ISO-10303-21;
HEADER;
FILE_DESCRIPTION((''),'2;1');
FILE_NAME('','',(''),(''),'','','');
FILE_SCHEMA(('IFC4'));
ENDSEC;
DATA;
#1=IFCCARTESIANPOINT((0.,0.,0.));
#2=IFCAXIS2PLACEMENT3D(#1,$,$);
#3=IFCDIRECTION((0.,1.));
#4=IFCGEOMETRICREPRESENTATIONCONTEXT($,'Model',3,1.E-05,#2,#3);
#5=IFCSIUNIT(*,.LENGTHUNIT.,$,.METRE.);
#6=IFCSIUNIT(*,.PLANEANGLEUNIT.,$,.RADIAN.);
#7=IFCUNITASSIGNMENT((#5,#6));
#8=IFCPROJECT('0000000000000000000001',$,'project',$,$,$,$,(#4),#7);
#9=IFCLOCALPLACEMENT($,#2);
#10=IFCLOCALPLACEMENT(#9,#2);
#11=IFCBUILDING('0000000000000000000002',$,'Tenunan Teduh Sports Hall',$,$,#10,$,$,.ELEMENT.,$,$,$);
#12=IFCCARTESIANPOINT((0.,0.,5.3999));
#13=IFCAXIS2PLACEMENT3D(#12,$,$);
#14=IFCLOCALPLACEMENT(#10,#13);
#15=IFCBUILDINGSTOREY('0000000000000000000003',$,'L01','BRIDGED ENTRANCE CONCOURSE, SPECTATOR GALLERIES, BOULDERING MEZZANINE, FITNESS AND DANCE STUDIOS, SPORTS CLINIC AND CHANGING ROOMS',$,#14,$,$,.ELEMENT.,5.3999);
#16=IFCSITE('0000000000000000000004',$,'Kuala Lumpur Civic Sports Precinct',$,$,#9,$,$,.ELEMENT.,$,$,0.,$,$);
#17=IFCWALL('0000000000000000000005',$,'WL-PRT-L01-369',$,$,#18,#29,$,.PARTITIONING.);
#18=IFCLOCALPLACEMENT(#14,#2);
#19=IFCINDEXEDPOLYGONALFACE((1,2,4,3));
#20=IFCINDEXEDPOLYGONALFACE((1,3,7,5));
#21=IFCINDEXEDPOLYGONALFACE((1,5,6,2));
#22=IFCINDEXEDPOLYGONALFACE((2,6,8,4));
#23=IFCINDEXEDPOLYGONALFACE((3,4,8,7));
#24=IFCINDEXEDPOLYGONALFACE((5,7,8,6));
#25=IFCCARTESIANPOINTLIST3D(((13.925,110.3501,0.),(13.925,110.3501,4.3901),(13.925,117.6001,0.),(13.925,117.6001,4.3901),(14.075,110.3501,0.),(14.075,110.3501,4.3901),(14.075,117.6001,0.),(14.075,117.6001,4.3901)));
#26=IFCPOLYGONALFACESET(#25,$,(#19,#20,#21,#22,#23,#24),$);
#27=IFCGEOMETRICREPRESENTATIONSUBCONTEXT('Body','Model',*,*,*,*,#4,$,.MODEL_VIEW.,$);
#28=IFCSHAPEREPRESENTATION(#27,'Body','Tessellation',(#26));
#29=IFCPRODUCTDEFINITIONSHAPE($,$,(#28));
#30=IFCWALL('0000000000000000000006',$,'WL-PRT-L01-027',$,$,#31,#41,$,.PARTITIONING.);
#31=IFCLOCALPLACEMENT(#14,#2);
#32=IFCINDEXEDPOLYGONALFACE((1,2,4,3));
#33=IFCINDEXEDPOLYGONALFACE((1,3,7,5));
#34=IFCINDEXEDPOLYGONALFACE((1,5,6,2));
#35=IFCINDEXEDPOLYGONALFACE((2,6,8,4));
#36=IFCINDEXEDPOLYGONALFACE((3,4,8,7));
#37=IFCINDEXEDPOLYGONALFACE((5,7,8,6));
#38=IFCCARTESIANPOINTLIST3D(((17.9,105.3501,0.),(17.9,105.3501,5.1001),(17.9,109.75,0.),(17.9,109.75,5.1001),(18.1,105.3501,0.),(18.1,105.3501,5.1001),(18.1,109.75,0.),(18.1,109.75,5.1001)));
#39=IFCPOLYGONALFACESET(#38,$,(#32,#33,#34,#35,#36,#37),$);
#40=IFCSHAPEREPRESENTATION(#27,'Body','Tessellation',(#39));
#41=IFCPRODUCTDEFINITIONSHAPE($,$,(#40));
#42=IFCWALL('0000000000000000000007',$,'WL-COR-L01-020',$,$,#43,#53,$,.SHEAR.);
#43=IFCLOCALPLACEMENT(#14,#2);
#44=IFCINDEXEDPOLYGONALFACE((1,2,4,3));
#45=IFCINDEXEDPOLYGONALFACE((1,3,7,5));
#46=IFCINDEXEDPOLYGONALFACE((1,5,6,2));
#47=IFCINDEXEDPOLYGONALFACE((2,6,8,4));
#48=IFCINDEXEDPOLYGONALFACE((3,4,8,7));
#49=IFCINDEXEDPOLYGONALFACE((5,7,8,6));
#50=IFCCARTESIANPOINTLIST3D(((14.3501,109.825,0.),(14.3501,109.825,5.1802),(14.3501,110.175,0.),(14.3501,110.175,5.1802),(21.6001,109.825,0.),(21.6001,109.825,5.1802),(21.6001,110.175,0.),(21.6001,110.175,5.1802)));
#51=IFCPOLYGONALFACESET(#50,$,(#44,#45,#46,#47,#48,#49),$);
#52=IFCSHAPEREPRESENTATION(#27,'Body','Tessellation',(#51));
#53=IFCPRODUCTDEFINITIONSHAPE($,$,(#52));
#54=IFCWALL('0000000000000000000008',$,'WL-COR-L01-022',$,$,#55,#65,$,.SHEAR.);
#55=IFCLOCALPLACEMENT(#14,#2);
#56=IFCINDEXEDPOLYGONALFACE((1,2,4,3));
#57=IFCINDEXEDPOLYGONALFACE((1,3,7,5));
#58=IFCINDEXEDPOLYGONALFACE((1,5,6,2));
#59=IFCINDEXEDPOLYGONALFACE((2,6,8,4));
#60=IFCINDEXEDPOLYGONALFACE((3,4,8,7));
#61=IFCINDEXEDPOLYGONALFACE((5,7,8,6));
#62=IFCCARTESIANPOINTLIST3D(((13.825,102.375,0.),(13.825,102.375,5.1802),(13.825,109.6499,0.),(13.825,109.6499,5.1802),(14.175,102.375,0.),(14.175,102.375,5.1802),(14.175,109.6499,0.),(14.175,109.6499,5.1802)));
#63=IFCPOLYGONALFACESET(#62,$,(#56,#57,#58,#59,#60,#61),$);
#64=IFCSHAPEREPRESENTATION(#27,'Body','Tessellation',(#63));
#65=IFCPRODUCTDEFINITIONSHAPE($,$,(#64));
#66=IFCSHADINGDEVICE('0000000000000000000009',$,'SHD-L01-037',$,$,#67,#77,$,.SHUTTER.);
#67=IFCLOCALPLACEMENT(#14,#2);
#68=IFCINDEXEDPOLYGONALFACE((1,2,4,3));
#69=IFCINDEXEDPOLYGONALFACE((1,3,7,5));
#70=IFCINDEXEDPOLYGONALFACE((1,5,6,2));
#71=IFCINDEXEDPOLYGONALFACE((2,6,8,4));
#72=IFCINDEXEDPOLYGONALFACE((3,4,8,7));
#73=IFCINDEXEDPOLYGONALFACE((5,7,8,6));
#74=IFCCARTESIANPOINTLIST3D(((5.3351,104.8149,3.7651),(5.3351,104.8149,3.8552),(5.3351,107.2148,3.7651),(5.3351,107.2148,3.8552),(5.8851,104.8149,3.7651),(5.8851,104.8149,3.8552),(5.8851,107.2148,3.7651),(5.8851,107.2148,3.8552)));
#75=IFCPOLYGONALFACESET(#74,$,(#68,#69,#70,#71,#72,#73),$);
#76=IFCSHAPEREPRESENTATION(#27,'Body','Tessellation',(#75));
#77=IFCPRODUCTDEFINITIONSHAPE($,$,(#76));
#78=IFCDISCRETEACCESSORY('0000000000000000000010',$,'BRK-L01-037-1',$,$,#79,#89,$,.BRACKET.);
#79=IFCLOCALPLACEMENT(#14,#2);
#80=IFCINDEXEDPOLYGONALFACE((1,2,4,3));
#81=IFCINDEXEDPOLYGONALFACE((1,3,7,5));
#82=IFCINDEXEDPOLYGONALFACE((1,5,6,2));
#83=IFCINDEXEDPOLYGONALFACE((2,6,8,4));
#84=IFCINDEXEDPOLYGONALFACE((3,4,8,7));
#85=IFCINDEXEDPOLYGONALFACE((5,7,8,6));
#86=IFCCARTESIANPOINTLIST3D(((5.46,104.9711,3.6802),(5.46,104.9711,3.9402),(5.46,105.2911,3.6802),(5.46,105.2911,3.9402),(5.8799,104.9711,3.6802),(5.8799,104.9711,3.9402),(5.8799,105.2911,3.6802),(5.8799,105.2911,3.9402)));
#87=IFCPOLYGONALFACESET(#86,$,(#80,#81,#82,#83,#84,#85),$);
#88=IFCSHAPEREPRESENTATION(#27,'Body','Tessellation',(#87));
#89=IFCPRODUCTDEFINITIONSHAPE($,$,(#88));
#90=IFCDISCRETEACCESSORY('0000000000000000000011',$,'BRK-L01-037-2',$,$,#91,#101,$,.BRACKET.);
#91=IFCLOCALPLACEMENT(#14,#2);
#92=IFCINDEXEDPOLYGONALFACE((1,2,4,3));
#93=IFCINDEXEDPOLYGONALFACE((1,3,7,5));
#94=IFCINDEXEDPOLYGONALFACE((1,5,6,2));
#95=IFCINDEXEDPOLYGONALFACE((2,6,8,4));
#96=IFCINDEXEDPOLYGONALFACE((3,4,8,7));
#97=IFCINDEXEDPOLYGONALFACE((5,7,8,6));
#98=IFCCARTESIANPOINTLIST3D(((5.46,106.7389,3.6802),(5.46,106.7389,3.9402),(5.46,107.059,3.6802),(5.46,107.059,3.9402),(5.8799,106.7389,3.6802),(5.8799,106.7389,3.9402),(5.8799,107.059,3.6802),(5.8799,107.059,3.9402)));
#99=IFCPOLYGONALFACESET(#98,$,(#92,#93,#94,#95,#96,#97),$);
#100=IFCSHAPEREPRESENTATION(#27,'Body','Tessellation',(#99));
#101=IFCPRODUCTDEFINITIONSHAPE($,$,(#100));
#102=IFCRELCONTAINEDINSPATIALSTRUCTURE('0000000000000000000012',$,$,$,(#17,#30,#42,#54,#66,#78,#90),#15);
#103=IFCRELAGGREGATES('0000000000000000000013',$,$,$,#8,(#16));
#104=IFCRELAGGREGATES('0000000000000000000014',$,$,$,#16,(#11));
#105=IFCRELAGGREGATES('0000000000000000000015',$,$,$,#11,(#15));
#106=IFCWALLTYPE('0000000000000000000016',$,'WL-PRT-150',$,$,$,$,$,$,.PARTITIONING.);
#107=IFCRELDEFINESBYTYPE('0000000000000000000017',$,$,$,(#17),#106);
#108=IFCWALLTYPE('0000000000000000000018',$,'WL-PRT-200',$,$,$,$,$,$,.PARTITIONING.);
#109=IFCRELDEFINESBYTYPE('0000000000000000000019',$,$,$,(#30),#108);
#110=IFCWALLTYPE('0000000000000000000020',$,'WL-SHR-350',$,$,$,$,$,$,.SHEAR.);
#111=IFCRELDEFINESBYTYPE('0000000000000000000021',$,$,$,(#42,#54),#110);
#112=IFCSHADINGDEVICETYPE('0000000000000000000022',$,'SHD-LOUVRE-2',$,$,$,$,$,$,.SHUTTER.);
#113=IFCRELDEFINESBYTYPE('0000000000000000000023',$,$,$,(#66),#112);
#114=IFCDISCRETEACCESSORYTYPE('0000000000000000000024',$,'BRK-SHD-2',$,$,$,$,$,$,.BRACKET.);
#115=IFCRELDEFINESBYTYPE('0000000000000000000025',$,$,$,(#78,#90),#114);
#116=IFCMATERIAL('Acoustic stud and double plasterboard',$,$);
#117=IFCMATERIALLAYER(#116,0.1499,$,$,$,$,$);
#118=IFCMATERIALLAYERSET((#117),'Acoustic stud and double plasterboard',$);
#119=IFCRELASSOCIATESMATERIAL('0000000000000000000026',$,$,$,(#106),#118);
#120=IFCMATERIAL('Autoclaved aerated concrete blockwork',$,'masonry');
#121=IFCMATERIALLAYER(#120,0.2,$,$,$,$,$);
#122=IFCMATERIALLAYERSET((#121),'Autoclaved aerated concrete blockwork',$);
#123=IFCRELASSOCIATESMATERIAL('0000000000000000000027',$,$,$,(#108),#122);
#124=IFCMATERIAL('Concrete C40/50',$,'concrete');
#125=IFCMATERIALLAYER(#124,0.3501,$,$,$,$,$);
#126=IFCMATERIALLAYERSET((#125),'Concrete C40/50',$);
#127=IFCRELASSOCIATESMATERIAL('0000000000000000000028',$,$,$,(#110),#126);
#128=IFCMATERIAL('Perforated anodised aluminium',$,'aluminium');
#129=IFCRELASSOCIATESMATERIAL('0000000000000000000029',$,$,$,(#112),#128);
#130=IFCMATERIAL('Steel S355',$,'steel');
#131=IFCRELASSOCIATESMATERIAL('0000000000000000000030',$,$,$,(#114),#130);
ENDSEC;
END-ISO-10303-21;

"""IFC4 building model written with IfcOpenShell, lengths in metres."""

from ifc_helpers import new_model, si_unit, direction, frame, frame_2d, origin, origin_2d, place, context, subcontext, project, spatial, rectangle, extrude, material, layer, layer_set, type_object, element, save


model = new_model("IFC4")

# Units and contexts
model_context = context("Model", 3, precision=1e-05, world=origin(), true_north=direction((0.0, 1.0)))
body_context = subcontext(model_context, "Body", "Model", "MODEL_VIEW")
ifc_project = project(units=[si_unit("LENGTHUNIT", "METRE"), si_unit("PLANEANGLEUNIT", "RADIAN")], contexts=[model_context])

# Site, building, storey
site_placement = place(None, origin())
site = spatial("IfcSite", under=ifc_project, at=site_placement, Name="Kuala Lumpur Civic Sports Precinct", CompositionType="ELEMENT", RefElevation=0.0)
building_placement = place(site_placement, origin())
building = spatial("IfcBuilding", under=site, at=building_placement, Name="Tenunan Teduh Sports Hall", CompositionType="ELEMENT")
storey_placement = place(building_placement, frame((0.0, 0.0, 5.3999)))
storey = spatial("IfcBuildingStorey", under=building, at=storey_placement, Name="L01", Description="BRIDGED ENTRANCE CONCOURSE, SPECTATOR GALLERIES, BOULDERING MEZZANINE, FITNESS AND DANCE STUDIOS, SPORTS CLINIC AND CHANGING ROOMS", CompositionType="ELEMENT", Elevation=5.3999)

# Walls
ifc_material_1 = material(Name="Acoustic stud and double plasterboard")
ifc_layer_1 = layer(ifc_material_1, 0.1499)
ifc_layer_set_1 = layer_set([ifc_layer_1], Name="Acoustic stud and double plasterboard")
wall_type_1 = type_object("IfcWallType", Name="WL-PRT-150", PredefinedType="PARTITIONING", material=ifc_layer_set_1)
wall_1_placement = place(storey_placement, frame((14.0, 110.3501, 0.0), z_axis=(0.0, 0.0, 1.0), x_axis=(0.0, 1.0, 0.0)))
element("IfcWall", 1, at=wall_1_placement, inside=storey, type_object=wall_type_1, Name="WL-PRT-L01-369", PredefinedType="PARTITIONING", context=body_context, shape_type="SweptSolid", body=[
    extrude(rectangle(XDim=7.25, YDim=0.1499, at=frame_2d((3.625, 0.0))), origin(), (0.0, 0.0, 1.0), 4.3901),
])
ifc_material_2 = material(Name="Autoclaved aerated concrete blockwork", Category="masonry")
ifc_layer_2 = layer(ifc_material_2, 0.2)
ifc_layer_set_2 = layer_set([ifc_layer_2], Name="Autoclaved aerated concrete blockwork")
wall_type_2 = type_object("IfcWallType", Name="WL-PRT-200", PredefinedType="PARTITIONING", material=ifc_layer_set_2)
wall_2_placement = place(storey_placement, frame((18.0, 105.3501, 0.0), z_axis=(0.0, 0.0, 1.0), x_axis=(0.0, 1.0, 0.0)))
element("IfcWall", 2, at=wall_2_placement, inside=storey, type_object=wall_type_2, Name="WL-PRT-L01-027", PredefinedType="PARTITIONING", context=body_context, shape_type="SweptSolid", body=[
    extrude(rectangle(XDim=4.3999, YDim=0.2, at=frame_2d((2.2, 0.0))), origin(), (0.0, 0.0, 1.0), 5.1001),
])
ifc_material_3 = material(Name="Concrete C40/50", Category="concrete")
ifc_layer_3 = layer(ifc_material_3, 0.3501)
ifc_layer_set_3 = layer_set([ifc_layer_3], Name="Concrete C40/50")
wall_type_3 = type_object("IfcWallType", Name="WL-SHR-350", PredefinedType="SHEAR", material=ifc_layer_set_3)
wall_3_placement = place(storey_placement, frame((14.3501, 110.0, 0.0), z_axis=(0.0, 0.0, 1.0), x_axis=(1.0, 0.0, 0.0)))
element("IfcWall", 3, at=wall_3_placement, inside=storey, type_object=wall_type_3, Name="WL-COR-L01-020", PredefinedType="SHEAR", context=body_context, shape_type="SweptSolid", body=[
    extrude(rectangle(XDim=7.25, YDim=0.3501, at=frame_2d((3.625, 0.0))), origin(), (0.0, 0.0, 1.0), 5.1802),
])
wall_4_placement = place(storey_placement, frame((14.0, 102.375, 0.0), z_axis=(0.0, 0.0, 1.0), x_axis=(0.0, 1.0, 0.0)))
element("IfcWall", 4, at=wall_4_placement, inside=storey, type_object=wall_type_3, Name="WL-COR-L01-022", PredefinedType="SHEAR", context=body_context, shape_type="SweptSolid", body=[
    extrude(rectangle(XDim=7.2749, YDim=0.3501, at=frame_2d((3.6375, 0.0))), origin(), (0.0, 0.0, 1.0), 5.1802),
])

# Shading device
ifc_material_4 = material(Name="Perforated anodised aluminium", Category="aluminium")
shading_device_type = type_object("IfcShadingDeviceType", Name="SHD-LOUVRE-2", PredefinedType="SHUTTER", material=ifc_material_4)
shading_device_placement = place(storey_placement, frame((5.6101, 106.0149, 3.7651), z_axis=(0.0, 0.0, 1.0), x_axis=(0.0, 1.0, 0.0)))
element("IfcShadingDevice", 5, at=shading_device_placement, inside=storey, type_object=shading_device_type, Name="SHD-L01-037", PredefinedType="SHUTTER", context=body_context, shape_type="SweptSolid", body=[
    extrude(rectangle(XDim=2.3999, YDim=0.55, at=origin_2d()), origin(), (0.0, 0.0, 1.0), 0.0901),
])

# Discrete accessories
ifc_material_5 = material(Name="Steel S355", Category="steel")
discrete_accessory_type = type_object("IfcDiscreteAccessoryType", Name="BRK-SHD-2", PredefinedType="BRACKET", material=ifc_material_5)
for number, where, z_axis, x_axis, name in (
    (6, (5.6699, 105.1311, 3.6802), (0.0, 0.0, 1.0), (0.0, 1.0, 0.0), "BRK-L01-037-1"),
    (7, (5.6699, 106.8989, 3.6802), (0.0, 0.0, 1.0), (0.0, 1.0, 0.0), "BRK-L01-037-2"),
):
    element("IfcDiscreteAccessory", number, at=place(storey_placement, frame(where, z_axis=z_axis, x_axis=x_axis)), inside=storey, type_object=discrete_accessory_type, Name=name, PredefinedType="BRACKET", context=body_context, shape_type="SweptSolid", body=[
        extrude(rectangle(XDim=0.3201, YDim=0.4199, at=origin_2d()), origin(), (0.0, 0.0, 1.0), 0.26),
    ])

save(model, "model.ifc")
